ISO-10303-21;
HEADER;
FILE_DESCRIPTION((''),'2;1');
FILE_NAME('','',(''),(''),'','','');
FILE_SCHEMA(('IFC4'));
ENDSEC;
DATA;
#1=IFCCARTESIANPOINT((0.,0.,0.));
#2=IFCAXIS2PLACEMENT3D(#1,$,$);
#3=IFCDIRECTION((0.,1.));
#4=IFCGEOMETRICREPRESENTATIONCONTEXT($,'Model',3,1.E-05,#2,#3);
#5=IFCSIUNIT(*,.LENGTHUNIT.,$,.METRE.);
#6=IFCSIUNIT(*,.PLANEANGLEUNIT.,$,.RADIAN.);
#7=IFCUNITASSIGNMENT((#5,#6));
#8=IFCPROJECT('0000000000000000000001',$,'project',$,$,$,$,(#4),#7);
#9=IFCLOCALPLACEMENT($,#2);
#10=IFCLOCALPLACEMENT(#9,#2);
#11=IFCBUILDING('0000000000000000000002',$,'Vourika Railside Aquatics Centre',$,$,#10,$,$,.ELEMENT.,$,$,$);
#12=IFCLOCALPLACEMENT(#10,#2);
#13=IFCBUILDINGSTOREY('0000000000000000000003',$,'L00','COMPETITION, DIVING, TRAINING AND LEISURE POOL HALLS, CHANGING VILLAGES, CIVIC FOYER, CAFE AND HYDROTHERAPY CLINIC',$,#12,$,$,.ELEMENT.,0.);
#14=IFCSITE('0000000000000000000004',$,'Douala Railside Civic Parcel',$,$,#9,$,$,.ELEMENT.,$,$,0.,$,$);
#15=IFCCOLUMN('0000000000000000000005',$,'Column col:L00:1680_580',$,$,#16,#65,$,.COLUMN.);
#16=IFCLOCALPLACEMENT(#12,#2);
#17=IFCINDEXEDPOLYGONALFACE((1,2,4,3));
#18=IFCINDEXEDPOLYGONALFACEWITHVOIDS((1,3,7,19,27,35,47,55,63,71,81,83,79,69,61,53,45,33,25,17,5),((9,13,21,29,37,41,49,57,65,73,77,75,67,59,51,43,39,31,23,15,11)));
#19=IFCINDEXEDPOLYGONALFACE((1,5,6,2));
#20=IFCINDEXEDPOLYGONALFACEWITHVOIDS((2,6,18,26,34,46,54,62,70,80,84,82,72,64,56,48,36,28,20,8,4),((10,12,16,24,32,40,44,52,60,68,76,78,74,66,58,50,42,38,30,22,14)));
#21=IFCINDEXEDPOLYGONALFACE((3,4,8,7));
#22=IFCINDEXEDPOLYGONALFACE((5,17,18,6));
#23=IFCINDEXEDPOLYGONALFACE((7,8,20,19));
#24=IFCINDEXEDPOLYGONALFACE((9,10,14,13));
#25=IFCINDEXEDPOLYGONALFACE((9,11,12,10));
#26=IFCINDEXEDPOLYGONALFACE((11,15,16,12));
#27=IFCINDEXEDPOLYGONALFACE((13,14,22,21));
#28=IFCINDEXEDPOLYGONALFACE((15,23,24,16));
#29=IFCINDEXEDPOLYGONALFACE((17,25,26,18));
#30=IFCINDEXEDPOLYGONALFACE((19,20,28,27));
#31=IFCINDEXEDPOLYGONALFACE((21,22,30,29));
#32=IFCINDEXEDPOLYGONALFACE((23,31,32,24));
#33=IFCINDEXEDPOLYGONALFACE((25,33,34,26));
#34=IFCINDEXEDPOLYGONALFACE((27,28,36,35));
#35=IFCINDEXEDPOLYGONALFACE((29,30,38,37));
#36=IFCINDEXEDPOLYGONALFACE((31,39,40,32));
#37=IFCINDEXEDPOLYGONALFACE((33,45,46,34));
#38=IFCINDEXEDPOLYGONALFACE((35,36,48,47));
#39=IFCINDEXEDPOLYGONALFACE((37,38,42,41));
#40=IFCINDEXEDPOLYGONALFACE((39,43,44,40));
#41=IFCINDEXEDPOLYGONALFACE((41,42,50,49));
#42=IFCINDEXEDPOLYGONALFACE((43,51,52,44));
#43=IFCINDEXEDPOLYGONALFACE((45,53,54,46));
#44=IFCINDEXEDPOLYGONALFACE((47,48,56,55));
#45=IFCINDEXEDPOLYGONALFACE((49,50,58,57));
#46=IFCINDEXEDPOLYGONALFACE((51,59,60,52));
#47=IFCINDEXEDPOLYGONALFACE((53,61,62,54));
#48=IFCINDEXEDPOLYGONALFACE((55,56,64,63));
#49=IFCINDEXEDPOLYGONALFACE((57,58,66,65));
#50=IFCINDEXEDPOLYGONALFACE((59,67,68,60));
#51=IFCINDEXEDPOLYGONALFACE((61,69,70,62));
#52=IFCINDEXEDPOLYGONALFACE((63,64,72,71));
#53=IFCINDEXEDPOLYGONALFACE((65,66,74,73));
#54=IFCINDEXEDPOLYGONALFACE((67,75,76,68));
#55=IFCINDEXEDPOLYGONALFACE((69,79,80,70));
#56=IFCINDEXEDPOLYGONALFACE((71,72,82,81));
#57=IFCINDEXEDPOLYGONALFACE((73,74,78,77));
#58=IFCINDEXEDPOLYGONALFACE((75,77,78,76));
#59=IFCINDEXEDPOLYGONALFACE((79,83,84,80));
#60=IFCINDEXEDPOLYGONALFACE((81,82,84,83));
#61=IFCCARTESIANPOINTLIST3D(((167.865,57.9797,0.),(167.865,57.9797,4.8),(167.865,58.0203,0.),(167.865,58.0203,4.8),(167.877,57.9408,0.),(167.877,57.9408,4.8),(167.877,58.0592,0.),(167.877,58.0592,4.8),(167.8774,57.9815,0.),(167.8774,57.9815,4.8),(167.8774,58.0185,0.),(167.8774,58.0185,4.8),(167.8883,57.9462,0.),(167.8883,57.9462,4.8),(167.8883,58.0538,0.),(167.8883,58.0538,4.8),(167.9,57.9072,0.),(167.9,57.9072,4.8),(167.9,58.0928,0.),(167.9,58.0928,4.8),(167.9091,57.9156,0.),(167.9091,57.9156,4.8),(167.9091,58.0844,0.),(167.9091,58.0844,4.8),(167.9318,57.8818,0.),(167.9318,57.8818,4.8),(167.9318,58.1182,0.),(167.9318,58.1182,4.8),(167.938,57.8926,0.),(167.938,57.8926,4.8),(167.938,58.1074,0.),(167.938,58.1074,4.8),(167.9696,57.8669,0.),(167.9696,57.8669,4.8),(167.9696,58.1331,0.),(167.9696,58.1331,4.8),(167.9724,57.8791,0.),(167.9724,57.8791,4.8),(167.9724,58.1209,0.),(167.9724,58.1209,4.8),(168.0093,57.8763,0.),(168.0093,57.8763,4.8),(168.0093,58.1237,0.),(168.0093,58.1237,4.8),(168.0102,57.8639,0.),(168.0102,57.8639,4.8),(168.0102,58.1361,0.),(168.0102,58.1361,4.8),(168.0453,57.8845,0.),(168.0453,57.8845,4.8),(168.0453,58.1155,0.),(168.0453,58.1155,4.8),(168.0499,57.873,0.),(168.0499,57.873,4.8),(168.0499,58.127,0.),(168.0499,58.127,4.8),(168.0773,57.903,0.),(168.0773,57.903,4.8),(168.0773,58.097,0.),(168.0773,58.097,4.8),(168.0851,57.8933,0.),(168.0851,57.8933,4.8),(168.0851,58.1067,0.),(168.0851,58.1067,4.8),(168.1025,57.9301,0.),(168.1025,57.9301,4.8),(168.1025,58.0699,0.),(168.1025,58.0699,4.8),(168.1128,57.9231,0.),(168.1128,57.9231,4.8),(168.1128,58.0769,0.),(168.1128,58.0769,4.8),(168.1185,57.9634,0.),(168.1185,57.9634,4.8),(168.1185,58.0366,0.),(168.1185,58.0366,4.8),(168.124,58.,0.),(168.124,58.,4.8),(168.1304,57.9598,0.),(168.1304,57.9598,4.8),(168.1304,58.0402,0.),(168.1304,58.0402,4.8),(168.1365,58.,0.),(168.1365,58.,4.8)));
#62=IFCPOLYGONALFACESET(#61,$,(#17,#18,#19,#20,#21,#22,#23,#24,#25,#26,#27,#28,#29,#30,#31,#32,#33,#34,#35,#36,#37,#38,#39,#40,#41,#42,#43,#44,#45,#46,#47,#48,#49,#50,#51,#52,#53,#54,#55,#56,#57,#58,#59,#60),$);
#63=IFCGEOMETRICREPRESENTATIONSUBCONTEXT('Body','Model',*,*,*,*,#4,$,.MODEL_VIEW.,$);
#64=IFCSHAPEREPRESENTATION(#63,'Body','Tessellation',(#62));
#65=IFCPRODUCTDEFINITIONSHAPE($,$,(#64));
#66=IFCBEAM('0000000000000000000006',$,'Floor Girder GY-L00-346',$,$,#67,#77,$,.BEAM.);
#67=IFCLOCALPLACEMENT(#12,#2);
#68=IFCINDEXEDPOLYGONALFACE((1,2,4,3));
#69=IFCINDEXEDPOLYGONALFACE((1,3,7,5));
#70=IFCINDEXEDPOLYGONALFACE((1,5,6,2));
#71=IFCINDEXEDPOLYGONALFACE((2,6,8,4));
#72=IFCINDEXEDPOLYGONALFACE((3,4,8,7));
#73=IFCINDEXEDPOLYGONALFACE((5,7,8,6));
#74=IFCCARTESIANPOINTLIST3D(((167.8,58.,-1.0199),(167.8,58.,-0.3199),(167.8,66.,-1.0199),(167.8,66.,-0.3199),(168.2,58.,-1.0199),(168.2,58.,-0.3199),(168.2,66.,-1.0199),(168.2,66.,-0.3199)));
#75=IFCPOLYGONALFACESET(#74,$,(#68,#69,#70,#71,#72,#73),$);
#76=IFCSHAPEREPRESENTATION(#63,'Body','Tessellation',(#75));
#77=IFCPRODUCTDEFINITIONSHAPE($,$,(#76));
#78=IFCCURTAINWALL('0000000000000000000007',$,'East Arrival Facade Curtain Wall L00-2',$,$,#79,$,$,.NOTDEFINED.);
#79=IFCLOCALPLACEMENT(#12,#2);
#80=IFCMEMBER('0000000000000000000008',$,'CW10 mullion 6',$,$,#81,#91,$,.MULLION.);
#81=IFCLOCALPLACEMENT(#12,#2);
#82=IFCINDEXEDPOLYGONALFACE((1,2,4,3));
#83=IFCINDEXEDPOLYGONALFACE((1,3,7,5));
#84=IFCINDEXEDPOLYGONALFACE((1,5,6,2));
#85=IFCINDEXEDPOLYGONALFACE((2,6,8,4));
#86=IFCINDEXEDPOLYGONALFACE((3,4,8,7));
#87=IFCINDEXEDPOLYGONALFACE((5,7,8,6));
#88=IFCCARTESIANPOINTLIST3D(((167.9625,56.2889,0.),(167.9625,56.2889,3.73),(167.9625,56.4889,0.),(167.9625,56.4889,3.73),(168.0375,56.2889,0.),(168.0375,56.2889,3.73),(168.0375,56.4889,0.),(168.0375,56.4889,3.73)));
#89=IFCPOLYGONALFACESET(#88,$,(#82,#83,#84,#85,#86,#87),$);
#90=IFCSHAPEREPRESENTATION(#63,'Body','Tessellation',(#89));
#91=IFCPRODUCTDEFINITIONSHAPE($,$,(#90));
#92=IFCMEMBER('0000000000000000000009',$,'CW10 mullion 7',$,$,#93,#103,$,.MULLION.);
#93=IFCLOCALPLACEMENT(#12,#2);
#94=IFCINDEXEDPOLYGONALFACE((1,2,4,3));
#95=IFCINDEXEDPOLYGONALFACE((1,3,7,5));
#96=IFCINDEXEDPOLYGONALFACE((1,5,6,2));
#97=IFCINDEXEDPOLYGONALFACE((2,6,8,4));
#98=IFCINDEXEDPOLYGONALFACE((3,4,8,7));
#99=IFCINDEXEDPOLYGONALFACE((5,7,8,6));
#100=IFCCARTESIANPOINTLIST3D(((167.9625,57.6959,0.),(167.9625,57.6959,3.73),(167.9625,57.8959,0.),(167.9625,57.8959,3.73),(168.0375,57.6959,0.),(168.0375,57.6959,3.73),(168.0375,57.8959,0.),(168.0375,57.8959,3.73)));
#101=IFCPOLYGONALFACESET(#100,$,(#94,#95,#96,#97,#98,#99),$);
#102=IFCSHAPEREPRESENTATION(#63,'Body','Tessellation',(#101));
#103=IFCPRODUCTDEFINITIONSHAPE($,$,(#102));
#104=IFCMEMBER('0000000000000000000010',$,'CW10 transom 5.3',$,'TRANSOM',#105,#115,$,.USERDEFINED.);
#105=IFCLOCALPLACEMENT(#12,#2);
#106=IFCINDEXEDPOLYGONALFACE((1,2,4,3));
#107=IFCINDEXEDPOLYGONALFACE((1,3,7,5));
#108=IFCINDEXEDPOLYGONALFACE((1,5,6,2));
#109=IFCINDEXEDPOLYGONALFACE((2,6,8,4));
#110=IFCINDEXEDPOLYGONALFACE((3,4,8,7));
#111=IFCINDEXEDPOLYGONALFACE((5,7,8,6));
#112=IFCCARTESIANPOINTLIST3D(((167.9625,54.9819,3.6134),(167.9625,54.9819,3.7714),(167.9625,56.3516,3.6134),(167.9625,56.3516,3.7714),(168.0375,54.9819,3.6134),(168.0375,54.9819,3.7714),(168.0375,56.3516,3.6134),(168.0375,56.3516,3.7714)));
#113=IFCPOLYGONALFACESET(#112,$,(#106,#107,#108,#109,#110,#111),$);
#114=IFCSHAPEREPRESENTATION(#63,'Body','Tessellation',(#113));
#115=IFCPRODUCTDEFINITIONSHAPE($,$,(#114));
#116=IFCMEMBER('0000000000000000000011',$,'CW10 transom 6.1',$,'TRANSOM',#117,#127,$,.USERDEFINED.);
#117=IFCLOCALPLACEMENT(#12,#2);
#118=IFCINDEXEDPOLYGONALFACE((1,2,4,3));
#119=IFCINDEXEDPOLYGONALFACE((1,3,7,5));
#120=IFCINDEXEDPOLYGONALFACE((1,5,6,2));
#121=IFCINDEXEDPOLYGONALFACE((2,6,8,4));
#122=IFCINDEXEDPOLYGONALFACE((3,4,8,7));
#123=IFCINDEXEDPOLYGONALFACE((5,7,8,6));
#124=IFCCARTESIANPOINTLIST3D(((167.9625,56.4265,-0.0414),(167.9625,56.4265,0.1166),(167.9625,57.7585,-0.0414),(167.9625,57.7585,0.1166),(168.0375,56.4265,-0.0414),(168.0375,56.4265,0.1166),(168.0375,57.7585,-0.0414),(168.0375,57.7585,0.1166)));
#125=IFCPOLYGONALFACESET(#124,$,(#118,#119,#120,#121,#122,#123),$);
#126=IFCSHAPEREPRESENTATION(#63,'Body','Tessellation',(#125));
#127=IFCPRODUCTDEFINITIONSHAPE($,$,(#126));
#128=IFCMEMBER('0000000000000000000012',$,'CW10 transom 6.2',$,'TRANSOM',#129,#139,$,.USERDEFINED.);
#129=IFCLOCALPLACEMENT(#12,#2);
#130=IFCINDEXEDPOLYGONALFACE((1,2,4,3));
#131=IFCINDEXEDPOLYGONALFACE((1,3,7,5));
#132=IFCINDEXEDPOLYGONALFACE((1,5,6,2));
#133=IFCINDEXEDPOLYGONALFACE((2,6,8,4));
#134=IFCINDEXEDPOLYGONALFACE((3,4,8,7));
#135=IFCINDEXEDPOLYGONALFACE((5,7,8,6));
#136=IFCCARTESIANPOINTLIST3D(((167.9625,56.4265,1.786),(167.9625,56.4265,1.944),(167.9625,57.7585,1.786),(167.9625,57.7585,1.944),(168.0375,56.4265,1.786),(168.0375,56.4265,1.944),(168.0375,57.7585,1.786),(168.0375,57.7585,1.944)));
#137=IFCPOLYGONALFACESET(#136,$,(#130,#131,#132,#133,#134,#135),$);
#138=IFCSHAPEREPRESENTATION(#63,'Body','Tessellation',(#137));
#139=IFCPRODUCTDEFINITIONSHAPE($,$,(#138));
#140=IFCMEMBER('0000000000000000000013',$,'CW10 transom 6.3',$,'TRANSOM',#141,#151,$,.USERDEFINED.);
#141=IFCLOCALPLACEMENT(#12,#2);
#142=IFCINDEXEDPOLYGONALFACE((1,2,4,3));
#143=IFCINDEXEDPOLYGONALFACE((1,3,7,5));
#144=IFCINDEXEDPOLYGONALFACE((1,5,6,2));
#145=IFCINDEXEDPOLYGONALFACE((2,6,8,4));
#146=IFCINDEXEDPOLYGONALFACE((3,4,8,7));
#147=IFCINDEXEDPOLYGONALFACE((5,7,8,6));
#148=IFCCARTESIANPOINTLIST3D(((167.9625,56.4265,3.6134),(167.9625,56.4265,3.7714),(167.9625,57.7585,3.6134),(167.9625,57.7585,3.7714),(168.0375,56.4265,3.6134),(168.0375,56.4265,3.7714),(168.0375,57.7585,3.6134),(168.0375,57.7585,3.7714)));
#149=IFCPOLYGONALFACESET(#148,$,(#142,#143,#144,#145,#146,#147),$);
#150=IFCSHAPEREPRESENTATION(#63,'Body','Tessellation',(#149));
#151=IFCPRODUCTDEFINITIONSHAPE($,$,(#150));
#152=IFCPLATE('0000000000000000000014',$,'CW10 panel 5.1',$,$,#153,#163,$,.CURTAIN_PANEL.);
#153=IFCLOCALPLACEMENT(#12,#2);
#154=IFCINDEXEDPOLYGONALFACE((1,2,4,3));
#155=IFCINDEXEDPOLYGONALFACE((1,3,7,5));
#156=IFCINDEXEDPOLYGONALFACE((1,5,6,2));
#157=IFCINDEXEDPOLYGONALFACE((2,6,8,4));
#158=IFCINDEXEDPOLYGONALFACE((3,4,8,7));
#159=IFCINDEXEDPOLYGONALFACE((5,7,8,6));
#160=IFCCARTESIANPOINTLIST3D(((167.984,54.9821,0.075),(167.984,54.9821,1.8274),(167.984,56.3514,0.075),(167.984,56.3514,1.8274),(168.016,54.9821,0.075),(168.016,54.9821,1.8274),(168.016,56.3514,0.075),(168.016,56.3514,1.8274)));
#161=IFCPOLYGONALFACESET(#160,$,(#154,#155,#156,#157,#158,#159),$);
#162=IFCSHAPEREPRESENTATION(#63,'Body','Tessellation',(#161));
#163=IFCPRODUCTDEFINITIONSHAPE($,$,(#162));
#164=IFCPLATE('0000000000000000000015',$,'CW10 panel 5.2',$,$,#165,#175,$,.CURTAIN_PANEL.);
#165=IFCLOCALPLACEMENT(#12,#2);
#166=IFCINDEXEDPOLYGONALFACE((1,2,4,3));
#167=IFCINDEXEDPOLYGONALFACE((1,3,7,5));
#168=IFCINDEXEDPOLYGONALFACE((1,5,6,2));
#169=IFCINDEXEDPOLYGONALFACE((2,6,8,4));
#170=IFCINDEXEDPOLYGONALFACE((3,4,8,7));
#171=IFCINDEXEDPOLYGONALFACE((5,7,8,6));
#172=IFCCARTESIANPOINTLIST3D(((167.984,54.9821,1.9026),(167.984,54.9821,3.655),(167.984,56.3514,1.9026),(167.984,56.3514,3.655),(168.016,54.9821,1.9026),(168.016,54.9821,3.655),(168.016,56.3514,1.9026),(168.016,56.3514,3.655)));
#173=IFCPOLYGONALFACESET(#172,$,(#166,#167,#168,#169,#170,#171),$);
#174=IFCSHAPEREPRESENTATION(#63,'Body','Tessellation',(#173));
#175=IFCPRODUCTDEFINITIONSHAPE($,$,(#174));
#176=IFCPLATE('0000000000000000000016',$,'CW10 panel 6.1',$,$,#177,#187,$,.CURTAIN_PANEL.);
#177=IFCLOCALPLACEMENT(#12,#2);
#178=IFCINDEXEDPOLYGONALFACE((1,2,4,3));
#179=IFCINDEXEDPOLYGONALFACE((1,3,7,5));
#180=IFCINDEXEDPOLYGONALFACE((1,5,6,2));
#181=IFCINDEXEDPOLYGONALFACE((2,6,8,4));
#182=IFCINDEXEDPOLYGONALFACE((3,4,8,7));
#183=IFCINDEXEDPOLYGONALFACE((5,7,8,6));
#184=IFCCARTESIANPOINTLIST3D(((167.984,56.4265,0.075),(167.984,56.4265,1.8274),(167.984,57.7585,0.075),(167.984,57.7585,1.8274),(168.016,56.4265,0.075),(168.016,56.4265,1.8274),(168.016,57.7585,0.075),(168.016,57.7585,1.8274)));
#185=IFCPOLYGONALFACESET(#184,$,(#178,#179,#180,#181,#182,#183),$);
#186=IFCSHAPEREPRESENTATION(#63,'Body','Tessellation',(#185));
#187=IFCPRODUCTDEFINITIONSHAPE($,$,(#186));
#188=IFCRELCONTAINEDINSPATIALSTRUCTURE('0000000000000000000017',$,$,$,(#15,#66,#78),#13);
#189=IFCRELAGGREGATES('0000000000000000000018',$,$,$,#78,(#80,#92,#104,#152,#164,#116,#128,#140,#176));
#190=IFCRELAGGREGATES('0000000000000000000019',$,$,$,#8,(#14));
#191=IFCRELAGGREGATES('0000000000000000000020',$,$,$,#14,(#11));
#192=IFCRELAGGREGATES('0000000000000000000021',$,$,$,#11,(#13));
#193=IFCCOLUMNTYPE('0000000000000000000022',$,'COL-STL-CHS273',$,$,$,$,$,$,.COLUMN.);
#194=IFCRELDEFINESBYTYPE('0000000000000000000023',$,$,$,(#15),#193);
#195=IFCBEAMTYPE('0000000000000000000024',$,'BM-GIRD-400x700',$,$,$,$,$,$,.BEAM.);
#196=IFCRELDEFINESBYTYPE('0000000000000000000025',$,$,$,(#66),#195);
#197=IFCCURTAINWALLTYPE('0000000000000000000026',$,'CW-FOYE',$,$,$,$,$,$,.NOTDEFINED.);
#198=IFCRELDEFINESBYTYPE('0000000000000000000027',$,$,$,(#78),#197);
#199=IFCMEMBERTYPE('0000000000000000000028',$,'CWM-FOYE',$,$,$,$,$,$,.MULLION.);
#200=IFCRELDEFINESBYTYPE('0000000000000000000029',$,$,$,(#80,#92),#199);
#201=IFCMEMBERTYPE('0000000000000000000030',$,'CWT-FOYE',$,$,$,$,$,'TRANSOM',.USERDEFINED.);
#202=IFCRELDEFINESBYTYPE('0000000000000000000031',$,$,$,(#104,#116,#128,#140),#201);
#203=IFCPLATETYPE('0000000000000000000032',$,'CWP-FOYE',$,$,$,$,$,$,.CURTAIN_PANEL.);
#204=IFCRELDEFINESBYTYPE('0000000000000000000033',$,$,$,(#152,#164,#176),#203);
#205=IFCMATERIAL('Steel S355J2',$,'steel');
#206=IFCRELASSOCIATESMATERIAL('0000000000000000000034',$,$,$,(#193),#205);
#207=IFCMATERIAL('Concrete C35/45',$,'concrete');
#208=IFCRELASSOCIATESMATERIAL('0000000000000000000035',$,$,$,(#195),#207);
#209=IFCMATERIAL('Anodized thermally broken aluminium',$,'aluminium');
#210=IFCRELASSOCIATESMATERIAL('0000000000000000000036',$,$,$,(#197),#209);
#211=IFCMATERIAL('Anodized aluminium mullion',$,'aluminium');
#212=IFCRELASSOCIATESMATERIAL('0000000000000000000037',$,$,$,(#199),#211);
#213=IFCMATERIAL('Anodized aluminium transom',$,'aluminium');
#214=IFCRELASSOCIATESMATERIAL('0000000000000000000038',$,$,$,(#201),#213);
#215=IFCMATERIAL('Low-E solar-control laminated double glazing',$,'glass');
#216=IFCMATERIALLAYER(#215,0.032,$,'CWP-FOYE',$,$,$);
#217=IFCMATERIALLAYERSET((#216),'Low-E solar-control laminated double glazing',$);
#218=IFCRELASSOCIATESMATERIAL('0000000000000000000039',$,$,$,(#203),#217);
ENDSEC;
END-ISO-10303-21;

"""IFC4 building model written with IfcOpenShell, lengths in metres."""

from ifc_helpers import new_model, si_unit, direction, frame, origin, origin_2d, place, context, subcontext, project, spatial, rectangle, hollow_circle, extrude, material, layer, layer_set, material_profile, profile_set, type_object, element, aggregate, save


model = new_model("IFC4")

# Units and contexts
model_context = context("Model", 3, precision=1e-05, world=origin(), true_north=direction((0.0, 1.0)))
body_context = subcontext(model_context, "Body", "Model", "MODEL_VIEW")
ifc_project = project(units=[si_unit("LENGTHUNIT", "METRE"), si_unit("PLANEANGLEUNIT", "RADIAN")], contexts=[model_context])

# Site, building, storey
site_placement = place(None, origin())
site = spatial("IfcSite", under=ifc_project, at=site_placement, Name="Douala Railside Civic Parcel", CompositionType="ELEMENT", RefElevation=0.0)
building_placement = place(site_placement, origin())
building = spatial("IfcBuilding", under=site, at=building_placement, Name="Vourika Railside Aquatics Centre", CompositionType="ELEMENT")
storey_placement = place(building_placement, origin())
storey = spatial("IfcBuildingStorey", under=building, at=storey_placement, Name="L00", Description="COMPETITION, DIVING, TRAINING AND LEISURE POOL HALLS, CHANGING VILLAGES, CIVIC FOYER, CAFE AND HYDROTHERAPY CLINIC", CompositionType="ELEMENT", Elevation=0.0)

# Column
ifc_material_1 = material(Name="Steel S355J2", Category="steel")
ifc_material_profile_1 = material_profile(ifc_material_1, hollow_circle(Radius=0.1365, WallThickness=0.0125, at=origin_2d()), Name="CHS 273x12.5")
ifc_profile_set_1 = profile_set([ifc_material_profile_1], Name="Steel S355J2")
column_type = type_object("IfcColumnType", Name="COL-STL-CHS273", PredefinedType="COLUMN", material=ifc_profile_set_1)
column_placement = place(storey_placement, frame((168.0, 58.0, 0.0), z_axis=(0.0, 0.0, 1.0), x_axis=(1.0, 0.0, 0.0)))
element("IfcColumn", 1, at=column_placement, inside=storey, type_object=column_type, Name="Column col:L00:1680_580", PredefinedType="COLUMN", context=body_context, shape_type="SweptSolid", body=[
    extrude(hollow_circle(Radius=0.1365, WallThickness=0.0125, at=origin_2d()), origin(), (0.0, 0.0, 1.0), 4.8),
])

# Beam
ifc_material_2 = material(Name="Concrete C35/45", Category="concrete")
ifc_material_profile_2 = material_profile(ifc_material_2, rectangle(XDim=0.3999, YDim=0.7, at=origin_2d()), Name="RC 400x700")
ifc_profile_set_2 = profile_set([ifc_material_profile_2], Name="Concrete C35/45")
beam_type = type_object("IfcBeamType", Name="BM-GIRD-400x700", PredefinedType="BEAM", material=ifc_profile_set_2)
beam_placement = place(storey_placement, frame((168.0, 58.0, -0.6699), z_axis=(0.0, 1.0, 0.0), x_axis=(-1.0, 0.0, 0.0)))
element("IfcBeam", 2, at=beam_placement, inside=storey, type_object=beam_type, Name="Floor Girder GY-L00-346", PredefinedType="BEAM", context=body_context, shape_type="SweptSolid", body=[
    extrude(rectangle(XDim=0.3999, YDim=0.7, at=origin_2d()), origin(), (0.0, 0.0, 1.0), 8.0),
])

# Curtain wall, members, plates
ifc_material_3 = material(Name="Anodized thermally broken aluminium", Category="aluminium")
curtain_wall_type = type_object("IfcCurtainWallType", Name="CW-FOYE", PredefinedType="NOTDEFINED", material=ifc_material_3)
curtain_wall_placement = place(storey_placement, origin())
curtain_wall = element("IfcCurtainWall", 3, at=curtain_wall_placement, inside=storey, type_object=curtain_wall_type, Name="East Arrival Facade Curtain Wall L00-2", PredefinedType="NOTDEFINED")
ifc_material_4 = material(Name="Anodized aluminium mullion", Category="aluminium")
ifc_material_profile_3 = material_profile(ifc_material_4, rectangle(XDim=0.075, YDim=0.2, at=origin_2d()), Name="ALU-M 75x200")
ifc_profile_set_3 = profile_set([ifc_material_profile_3], Name="Anodized aluminium mullion")
member_type_1 = type_object("IfcMemberType", Name="CWM-FOYE", PredefinedType="MULLION", material=ifc_profile_set_3)
member_1_placement = place(storey_placement, frame((168.0, 56.3889, 0.0), z_axis=(0.0, 0.0, 1.0), x_axis=(-1.0, 0.0, 0.0)))
member_1 = element("IfcMember", 4, at=member_1_placement, type_object=member_type_1, Name="CW10 mullion 6", PredefinedType="MULLION", context=body_context, shape_type="SweptSolid", body=[
    extrude(rectangle(XDim=0.075, YDim=0.2, at=origin_2d()), origin(), (0.0, 0.0, 1.0), 3.73),
])
member_2_placement = place(storey_placement, frame((168.0, 57.7959, 0.0), z_axis=(0.0, 0.0, 1.0), x_axis=(-1.0, 0.0, 0.0)))
member_2 = element("IfcMember", 5, at=member_2_placement, type_object=member_type_1, Name="CW10 mullion 7", PredefinedType="MULLION", context=body_context, shape_type="SweptSolid", body=[
    extrude(rectangle(XDim=0.075, YDim=0.2, at=origin_2d()), origin(), (0.0, 0.0, 1.0), 3.73),
])
ifc_material_5 = material(Name="Anodized aluminium transom", Category="aluminium")
ifc_material_profile_4 = material_profile(ifc_material_5, rectangle(XDim=0.075, YDim=0.158, at=origin_2d()), Name="ALU-T 75x158")
ifc_profile_set_4 = profile_set([ifc_material_profile_4], Name="Anodized aluminium transom")
member_type_2 = type_object("IfcMemberType", Name="CWT-FOYE", ElementType="TRANSOM", PredefinedType="USERDEFINED", material=ifc_profile_set_4)
member_3_placement = place(storey_placement, frame((168.0, 54.9819, 3.6924), z_axis=(0.0, 1.0, 0.0), x_axis=(-1.0, 0.0, 0.0)))
member_3 = element("IfcMember", 6, at=member_3_placement, type_object=member_type_2, Name="CW10 transom 5.3", ObjectType="TRANSOM", PredefinedType="USERDEFINED", context=body_context, shape_type="SweptSolid", body=[
    extrude(rectangle(XDim=0.075, YDim=0.158, at=origin_2d()), origin(), (0.0, 0.0, 1.0), 1.3696),
])
member_4_placement = place(storey_placement, frame((168.0, 56.4265, 0.0376), z_axis=(0.0, 1.0, 0.0), x_axis=(-1.0, 0.0, 0.0)))
member_4 = element("IfcMember", 7, at=member_4_placement, type_object=member_type_2, Name="CW10 transom 6.1", ObjectType="TRANSOM", PredefinedType="USERDEFINED", context=body_context, shape_type="SweptSolid", body=[
    extrude(rectangle(XDim=0.075, YDim=0.158, at=origin_2d()), origin(), (0.0, 0.0, 1.0), 1.332),
])
member_5_placement = place(storey_placement, frame((168.0, 56.4265, 1.865), z_axis=(0.0, 1.0, 0.0), x_axis=(-1.0, 0.0, 0.0)))
member_5 = element("IfcMember", 8, at=member_5_placement, type_object=member_type_2, Name="CW10 transom 6.2", ObjectType="TRANSOM", PredefinedType="USERDEFINED", context=body_context, shape_type="SweptSolid", body=[
    extrude(rectangle(XDim=0.075, YDim=0.158, at=origin_2d()), origin(), (0.0, 0.0, 1.0), 1.332),
])
member_6_placement = place(storey_placement, frame((168.0, 56.4265, 3.6924), z_axis=(0.0, 1.0, 0.0), x_axis=(-1.0, 0.0, 0.0)))
member_6 = element("IfcMember", 9, at=member_6_placement, type_object=member_type_2, Name="CW10 transom 6.3", ObjectType="TRANSOM", PredefinedType="USERDEFINED", context=body_context, shape_type="SweptSolid", body=[
    extrude(rectangle(XDim=0.075, YDim=0.158, at=origin_2d()), origin(), (0.0, 0.0, 1.0), 1.332),
])
ifc_material_6 = material(Name="Low-E solar-control laminated double glazing", Category="glass")
ifc_layer_1 = layer(ifc_material_6, 0.032, Name="CWP-FOYE")
ifc_layer_set_1 = layer_set([ifc_layer_1], Name="Low-E solar-control laminated double glazing")
plate_type_1 = type_object("IfcPlateType", Name="CWP-FOYE", PredefinedType="CURTAIN_PANEL", material=ifc_layer_set_1)
plate_1_placement = place(storey_placement, frame((168.0, 55.6667, 0.075), z_axis=(0.0, 0.0, 1.0), x_axis=(0.0, 1.0, 0.0)))
plate_1 = element("IfcPlate", 10, at=plate_1_placement, type_object=plate_type_1, Name="CW10 panel 5.1", PredefinedType="CURTAIN_PANEL", context=body_context, shape_type="SweptSolid", body=[
    extrude(rectangle(XDim=1.3694, YDim=0.032, at=origin_2d()), origin(), (0.0, 0.0, 1.0), 1.7524),
])
plate_2_placement = place(storey_placement, frame((168.0, 55.6667, 1.9026), z_axis=(0.0, 0.0, 1.0), x_axis=(0.0, 1.0, 0.0)))
plate_2 = element("IfcPlate", 11, at=plate_2_placement, type_object=plate_type_1, Name="CW10 panel 5.2", PredefinedType="CURTAIN_PANEL", context=body_context, shape_type="SweptSolid", body=[
    extrude(rectangle(XDim=1.3694, YDim=0.032, at=origin_2d()), origin(), (0.0, 0.0, 1.0), 1.7524),
])
plate_3_placement = place(storey_placement, frame((168.0, 57.0925, 0.075), z_axis=(0.0, 0.0, 1.0), x_axis=(0.0, 1.0, 0.0)))
plate_3 = element("IfcPlate", 12, at=plate_3_placement, type_object=plate_type_1, Name="CW10 panel 6.1", PredefinedType="CURTAIN_PANEL", context=body_context, shape_type="SweptSolid", body=[
    extrude(rectangle(XDim=1.332, YDim=0.032, at=origin_2d()), origin(), (0.0, 0.0, 1.0), 1.7524),
])
aggregate(curtain_wall, [member_1, member_2, member_3, plate_1, plate_2, member_4, member_5, member_6, plate_3])

save(model, "model.ifc")
